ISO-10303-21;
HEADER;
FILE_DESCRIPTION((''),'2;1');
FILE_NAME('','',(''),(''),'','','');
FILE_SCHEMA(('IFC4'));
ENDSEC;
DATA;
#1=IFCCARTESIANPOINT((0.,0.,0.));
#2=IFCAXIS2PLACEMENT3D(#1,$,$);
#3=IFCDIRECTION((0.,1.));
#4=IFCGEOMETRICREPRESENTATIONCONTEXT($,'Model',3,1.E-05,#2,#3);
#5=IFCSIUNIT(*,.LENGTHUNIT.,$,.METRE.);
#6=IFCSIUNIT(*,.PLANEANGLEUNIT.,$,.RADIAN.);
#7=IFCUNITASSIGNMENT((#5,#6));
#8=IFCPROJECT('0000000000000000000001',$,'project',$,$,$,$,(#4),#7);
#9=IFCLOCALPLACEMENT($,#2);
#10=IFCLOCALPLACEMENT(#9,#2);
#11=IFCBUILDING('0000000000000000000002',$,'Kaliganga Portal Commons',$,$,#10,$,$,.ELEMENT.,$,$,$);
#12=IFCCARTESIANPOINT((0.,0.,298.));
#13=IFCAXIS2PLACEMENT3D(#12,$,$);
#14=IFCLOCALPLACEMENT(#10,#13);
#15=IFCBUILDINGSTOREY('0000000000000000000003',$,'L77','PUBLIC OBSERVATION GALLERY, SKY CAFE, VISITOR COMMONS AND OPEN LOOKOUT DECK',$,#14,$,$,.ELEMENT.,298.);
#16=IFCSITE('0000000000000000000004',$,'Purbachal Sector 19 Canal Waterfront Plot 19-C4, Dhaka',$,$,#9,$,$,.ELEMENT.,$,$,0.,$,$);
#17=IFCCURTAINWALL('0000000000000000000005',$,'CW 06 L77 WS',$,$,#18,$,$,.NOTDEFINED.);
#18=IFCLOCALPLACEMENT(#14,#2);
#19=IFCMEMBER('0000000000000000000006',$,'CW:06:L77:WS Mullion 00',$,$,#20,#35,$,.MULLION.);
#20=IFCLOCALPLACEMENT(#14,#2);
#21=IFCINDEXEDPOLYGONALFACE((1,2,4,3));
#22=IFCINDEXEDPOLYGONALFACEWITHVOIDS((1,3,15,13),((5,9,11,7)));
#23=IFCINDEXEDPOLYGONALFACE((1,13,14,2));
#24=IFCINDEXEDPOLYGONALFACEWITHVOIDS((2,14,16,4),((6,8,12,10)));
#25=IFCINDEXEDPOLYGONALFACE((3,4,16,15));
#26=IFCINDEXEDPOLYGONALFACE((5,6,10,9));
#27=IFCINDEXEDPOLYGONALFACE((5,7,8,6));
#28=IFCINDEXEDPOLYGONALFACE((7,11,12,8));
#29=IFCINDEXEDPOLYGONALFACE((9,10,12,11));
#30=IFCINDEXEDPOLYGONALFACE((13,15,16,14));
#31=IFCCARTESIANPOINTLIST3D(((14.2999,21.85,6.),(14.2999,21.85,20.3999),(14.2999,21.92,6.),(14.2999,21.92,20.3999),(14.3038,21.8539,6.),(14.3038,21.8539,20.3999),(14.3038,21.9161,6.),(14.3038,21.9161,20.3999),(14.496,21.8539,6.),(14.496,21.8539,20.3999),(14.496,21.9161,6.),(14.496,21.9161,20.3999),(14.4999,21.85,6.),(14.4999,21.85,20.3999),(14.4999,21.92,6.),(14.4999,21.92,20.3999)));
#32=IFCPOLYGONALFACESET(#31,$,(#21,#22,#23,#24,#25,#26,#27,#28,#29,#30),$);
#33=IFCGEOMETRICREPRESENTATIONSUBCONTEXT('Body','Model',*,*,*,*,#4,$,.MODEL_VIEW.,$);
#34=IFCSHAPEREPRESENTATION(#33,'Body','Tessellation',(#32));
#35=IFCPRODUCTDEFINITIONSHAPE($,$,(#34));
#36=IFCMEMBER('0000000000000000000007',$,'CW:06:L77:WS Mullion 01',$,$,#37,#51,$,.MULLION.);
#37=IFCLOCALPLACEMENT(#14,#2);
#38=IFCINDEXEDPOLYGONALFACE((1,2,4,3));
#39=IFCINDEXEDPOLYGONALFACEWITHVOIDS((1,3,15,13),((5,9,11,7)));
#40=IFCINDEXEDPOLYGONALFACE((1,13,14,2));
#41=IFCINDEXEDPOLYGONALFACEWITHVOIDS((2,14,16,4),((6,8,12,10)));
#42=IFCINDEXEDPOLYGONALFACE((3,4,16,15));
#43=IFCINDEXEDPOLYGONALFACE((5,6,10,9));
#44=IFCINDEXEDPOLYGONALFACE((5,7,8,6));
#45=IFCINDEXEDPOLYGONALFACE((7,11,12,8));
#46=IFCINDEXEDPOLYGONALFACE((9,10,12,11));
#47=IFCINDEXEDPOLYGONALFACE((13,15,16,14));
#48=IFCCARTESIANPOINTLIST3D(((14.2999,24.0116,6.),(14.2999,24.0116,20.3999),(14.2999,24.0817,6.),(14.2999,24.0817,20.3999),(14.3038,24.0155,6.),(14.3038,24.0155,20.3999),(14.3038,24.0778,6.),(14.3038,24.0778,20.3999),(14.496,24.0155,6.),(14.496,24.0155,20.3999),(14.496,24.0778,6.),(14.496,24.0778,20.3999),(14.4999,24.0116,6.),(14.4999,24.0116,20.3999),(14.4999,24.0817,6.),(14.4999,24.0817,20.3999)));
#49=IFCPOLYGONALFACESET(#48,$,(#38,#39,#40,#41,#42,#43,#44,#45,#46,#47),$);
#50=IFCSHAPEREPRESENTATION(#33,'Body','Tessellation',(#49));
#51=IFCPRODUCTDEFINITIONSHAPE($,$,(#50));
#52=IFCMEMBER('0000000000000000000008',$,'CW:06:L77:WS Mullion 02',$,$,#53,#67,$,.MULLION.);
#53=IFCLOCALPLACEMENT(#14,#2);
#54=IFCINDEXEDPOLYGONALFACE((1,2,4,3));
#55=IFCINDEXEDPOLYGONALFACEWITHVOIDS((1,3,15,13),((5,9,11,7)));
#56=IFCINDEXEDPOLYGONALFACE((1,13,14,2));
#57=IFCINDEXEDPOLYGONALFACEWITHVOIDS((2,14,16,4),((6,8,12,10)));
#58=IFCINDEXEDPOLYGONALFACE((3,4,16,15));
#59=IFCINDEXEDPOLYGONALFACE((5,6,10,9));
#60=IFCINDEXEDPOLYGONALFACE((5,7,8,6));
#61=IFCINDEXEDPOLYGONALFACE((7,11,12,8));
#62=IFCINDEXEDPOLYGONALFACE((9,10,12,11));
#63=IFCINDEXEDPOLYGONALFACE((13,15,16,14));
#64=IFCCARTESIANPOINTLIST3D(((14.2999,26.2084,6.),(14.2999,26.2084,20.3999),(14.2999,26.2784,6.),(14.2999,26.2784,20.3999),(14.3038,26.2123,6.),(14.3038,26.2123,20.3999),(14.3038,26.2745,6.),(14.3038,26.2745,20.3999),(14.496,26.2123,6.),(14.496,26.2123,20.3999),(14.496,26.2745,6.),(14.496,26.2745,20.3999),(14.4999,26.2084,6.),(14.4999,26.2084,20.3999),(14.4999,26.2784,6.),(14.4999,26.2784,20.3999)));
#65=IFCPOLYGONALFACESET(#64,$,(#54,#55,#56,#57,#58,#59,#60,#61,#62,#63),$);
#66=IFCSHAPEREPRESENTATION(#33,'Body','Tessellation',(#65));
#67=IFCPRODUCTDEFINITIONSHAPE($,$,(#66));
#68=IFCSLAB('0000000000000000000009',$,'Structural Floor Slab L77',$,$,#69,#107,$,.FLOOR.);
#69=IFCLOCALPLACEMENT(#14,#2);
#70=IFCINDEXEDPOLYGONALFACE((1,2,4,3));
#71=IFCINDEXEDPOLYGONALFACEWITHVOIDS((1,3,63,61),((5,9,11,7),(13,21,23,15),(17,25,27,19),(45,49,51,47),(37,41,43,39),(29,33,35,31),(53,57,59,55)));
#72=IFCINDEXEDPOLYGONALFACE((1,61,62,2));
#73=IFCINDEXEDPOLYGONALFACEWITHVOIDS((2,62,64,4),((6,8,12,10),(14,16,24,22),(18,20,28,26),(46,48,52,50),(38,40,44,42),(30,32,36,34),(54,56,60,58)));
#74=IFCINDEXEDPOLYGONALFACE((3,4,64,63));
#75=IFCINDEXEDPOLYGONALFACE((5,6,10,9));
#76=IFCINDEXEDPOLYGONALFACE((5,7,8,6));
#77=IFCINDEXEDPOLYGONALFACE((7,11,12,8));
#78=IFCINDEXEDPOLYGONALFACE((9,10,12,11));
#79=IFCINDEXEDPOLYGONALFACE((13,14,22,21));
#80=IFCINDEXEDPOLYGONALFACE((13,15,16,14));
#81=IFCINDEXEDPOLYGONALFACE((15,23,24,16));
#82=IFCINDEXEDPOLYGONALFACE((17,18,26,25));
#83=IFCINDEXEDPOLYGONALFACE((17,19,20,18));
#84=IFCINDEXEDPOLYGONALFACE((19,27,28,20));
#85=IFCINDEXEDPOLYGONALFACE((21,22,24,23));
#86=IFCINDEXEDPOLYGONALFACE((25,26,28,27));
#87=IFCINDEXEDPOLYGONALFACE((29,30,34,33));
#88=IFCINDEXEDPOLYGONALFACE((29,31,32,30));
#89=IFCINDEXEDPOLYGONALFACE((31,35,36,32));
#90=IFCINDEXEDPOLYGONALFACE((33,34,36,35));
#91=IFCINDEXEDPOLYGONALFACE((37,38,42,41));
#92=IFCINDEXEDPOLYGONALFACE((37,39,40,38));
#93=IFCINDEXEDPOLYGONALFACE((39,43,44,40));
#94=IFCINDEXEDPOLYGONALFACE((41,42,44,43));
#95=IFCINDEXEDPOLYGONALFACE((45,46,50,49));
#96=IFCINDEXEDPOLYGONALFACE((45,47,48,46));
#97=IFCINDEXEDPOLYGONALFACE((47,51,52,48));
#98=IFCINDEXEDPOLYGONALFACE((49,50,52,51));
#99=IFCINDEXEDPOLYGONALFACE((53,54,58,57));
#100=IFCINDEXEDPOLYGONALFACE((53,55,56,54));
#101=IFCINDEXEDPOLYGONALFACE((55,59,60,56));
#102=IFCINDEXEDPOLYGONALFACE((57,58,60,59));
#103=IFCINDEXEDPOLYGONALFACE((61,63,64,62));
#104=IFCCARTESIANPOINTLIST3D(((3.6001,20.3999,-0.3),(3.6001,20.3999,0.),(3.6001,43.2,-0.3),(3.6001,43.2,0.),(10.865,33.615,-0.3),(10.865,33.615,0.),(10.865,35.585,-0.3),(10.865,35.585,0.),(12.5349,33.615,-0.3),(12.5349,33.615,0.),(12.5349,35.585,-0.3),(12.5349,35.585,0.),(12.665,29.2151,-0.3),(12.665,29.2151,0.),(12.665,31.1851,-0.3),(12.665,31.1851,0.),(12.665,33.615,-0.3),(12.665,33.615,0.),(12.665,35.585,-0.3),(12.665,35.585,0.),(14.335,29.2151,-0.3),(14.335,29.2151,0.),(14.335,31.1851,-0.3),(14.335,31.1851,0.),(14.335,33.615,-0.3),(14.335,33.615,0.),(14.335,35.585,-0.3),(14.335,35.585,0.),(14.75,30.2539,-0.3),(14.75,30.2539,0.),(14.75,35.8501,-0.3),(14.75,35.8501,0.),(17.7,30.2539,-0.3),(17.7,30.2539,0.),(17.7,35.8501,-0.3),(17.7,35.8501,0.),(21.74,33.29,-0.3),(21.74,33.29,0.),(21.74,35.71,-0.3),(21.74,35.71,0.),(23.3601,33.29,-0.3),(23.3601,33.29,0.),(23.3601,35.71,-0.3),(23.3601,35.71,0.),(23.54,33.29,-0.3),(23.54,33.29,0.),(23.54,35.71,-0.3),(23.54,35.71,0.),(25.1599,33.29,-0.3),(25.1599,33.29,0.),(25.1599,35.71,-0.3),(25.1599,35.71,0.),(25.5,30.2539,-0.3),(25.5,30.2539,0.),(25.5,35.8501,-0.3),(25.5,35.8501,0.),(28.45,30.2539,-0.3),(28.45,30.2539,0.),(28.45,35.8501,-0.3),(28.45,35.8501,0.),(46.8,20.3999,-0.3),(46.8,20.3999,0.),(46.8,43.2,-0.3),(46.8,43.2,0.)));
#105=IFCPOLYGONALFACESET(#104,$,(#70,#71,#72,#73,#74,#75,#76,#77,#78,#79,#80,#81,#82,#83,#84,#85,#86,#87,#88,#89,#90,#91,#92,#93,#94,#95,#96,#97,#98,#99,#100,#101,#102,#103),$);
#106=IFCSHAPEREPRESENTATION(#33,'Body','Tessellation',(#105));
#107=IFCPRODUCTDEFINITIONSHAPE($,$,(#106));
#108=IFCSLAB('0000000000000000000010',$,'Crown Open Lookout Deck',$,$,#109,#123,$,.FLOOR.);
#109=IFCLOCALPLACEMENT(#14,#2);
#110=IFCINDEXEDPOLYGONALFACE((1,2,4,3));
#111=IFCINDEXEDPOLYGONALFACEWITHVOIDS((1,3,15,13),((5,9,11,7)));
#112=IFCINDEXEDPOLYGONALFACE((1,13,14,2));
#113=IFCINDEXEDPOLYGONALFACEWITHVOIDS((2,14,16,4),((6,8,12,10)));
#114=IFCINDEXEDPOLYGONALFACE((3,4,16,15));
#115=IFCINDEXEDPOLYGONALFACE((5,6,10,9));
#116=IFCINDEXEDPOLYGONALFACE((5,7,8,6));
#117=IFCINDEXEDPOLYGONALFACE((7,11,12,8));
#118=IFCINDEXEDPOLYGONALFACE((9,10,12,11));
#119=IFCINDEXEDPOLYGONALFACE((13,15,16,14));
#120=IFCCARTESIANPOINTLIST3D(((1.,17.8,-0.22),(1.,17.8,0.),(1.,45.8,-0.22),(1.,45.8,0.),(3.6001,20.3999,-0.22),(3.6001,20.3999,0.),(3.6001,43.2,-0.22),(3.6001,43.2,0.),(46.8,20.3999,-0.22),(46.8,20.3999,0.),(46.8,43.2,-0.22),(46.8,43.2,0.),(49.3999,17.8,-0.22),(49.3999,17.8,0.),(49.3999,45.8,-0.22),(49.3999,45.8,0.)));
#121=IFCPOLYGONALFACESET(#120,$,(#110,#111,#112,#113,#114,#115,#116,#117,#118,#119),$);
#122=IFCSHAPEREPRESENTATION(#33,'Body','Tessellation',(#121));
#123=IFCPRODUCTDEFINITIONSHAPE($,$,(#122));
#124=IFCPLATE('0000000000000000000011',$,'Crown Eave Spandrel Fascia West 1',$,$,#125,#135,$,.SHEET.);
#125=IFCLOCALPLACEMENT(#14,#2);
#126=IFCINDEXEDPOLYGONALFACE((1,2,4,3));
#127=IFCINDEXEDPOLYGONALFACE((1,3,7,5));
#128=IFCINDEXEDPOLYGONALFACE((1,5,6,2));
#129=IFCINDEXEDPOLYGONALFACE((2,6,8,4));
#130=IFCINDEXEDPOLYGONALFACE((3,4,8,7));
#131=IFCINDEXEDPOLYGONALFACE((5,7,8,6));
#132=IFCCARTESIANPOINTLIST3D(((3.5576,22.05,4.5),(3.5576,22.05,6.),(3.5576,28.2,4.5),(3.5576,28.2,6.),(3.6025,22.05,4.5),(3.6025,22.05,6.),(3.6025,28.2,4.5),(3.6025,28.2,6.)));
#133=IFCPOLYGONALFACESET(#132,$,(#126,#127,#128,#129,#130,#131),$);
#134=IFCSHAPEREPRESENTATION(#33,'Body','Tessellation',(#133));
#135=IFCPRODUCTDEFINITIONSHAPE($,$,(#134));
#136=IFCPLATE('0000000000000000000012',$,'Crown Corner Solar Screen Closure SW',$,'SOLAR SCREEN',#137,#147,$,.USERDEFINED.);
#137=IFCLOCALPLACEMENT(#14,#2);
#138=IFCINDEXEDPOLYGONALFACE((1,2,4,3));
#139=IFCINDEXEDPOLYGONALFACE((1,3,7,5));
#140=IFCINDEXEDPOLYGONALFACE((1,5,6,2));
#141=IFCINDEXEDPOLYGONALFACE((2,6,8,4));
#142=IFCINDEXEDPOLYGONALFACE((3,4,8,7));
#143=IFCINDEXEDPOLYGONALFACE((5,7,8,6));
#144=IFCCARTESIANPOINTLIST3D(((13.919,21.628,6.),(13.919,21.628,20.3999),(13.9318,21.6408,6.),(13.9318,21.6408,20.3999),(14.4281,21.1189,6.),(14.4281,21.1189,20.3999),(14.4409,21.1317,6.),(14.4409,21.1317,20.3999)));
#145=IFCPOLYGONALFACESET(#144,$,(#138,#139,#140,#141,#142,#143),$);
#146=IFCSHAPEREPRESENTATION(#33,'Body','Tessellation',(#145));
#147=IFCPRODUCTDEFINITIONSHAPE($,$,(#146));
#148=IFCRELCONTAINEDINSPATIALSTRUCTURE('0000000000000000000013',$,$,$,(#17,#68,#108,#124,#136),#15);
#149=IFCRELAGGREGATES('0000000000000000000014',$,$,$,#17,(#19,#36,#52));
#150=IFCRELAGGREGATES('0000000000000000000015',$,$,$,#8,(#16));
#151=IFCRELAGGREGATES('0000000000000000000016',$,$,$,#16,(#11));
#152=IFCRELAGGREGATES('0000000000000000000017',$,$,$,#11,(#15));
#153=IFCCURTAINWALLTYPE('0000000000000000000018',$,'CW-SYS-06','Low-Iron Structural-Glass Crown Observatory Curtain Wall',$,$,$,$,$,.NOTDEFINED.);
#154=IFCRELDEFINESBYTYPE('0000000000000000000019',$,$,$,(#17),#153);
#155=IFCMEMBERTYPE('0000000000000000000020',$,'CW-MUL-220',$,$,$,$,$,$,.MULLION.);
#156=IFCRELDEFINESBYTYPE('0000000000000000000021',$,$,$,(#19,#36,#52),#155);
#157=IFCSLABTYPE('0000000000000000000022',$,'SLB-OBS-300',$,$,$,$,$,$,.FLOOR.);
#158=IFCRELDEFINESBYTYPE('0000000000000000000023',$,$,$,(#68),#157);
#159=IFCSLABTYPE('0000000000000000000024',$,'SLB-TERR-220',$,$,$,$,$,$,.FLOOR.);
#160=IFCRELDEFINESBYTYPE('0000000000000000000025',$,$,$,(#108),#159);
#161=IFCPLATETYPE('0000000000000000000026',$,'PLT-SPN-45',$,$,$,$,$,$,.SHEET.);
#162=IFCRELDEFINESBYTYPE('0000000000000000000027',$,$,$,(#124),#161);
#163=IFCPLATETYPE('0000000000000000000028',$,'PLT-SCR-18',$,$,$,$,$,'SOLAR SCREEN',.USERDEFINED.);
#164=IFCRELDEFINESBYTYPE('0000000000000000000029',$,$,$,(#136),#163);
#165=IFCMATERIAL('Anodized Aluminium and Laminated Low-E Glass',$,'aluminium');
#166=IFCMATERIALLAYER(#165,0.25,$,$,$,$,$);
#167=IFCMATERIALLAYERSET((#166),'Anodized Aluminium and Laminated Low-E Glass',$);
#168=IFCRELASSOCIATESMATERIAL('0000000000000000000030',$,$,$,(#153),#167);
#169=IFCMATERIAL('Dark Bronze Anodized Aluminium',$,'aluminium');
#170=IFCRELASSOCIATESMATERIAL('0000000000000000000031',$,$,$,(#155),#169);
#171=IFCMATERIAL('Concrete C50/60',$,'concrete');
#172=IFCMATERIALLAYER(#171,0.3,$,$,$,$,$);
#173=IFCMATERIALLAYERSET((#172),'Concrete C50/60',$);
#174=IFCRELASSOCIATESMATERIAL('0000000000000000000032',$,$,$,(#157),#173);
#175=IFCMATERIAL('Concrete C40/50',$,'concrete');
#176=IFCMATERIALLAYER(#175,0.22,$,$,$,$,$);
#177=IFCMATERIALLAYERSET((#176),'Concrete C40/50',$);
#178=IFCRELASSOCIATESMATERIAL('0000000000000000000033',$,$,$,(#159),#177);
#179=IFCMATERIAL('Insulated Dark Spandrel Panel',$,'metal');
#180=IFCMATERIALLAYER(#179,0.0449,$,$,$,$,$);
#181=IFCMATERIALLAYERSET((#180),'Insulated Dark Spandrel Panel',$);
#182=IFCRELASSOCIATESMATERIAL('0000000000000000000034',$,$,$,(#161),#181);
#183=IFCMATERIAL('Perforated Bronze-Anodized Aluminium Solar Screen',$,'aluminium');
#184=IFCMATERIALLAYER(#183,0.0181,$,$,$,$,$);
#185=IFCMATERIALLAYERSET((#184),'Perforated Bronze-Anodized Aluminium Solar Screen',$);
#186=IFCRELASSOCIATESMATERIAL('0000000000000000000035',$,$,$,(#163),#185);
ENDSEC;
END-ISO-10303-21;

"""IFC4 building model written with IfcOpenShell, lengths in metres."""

from ifc_helpers import new_model, si_unit, direction, frame, origin, origin_2d, place, context, subcontext, project, spatial, polyline, rectangle, hollow_rectangle, outline, extrude, source, transform, mapped, material, layer, layer_set, material_profile, profile_set, type_object, element, aggregate, save


model = new_model("IFC4")

# Units and contexts
model_context = context("Model", 3, precision=1e-05, world=origin(), true_north=direction((0.0, 1.0)))
body_context = subcontext(model_context, "Body", "Model", "MODEL_VIEW")
ifc_project = project(units=[si_unit("LENGTHUNIT", "METRE"), si_unit("PLANEANGLEUNIT", "RADIAN")], contexts=[model_context])

# Site, building, storey
site_placement = place(None, origin())
site = spatial("IfcSite", under=ifc_project, at=site_placement, Name="Purbachal Sector 19 Canal Waterfront Plot 19-C4, Dhaka", CompositionType="ELEMENT", RefElevation=0.0)
building_placement = place(site_placement, origin())
building = spatial("IfcBuilding", under=site, at=building_placement, Name="Kaliganga Portal Commons", CompositionType="ELEMENT")
storey_placement = place(building_placement, frame((0.0, 0.0, 298.0)))
storey = spatial("IfcBuildingStorey", under=building, at=storey_placement, Name="L77", Description="PUBLIC OBSERVATION GALLERY, SKY CAFE, VISITOR COMMONS AND OPEN LOOKOUT DECK", CompositionType="ELEMENT", Elevation=298.0)

# Shared definitions
ifc_material_1 = material(Name="Concrete C50/60", Category="concrete")

# Curtain wall, members
ifc_material_2 = material(Name="Anodized Aluminium and Laminated Low-E Glass", Category="aluminium")
ifc_layer_1 = layer(ifc_material_2, 0.25)
ifc_layer_set_1 = layer_set([ifc_layer_1], Name="Anodized Aluminium and Laminated Low-E Glass")
curtain_wall_type = type_object("IfcCurtainWallType", Name="CW-SYS-06", Description="Low-Iron Structural-Glass Crown Observatory Curtain Wall", PredefinedType="NOTDEFINED", material=ifc_layer_set_1)
ifc_material_3 = material(Name="Dark Bronze Anodized Aluminium", Category="aluminium")
ifc_material_profile_1 = material_profile(ifc_material_3, hollow_rectangle(XDim=0.0701, YDim=0.2, WallThickness=0.0039, at=origin_2d()), Name="ALU MULL 70x200x4")
ifc_profile_set_1 = profile_set([ifc_material_profile_1], Name="Dark Bronze Anodized Aluminium")
member_type = type_object("IfcMemberType", Name="CW-MUL-220", PredefinedType="MULLION", material=ifc_profile_set_1)
shared_shape_1 = source(origin(), body_context, "Body", "SweptSolid", [
    extrude(hollow_rectangle(XDim=0.0701, YDim=0.2, WallThickness=0.0039, at=origin_2d()), origin(), (0.0, 0.0, 1.0), 14.3999),
])
curtain_wall_1_placement = place(storey_placement, origin())
curtain_wall_1 = element("IfcCurtainWall", 1, at=curtain_wall_1_placement, inside=storey, type_object=curtain_wall_type, Name="CW 06 L77 WS", PredefinedType="NOTDEFINED")
member_1_placement = place(storey_placement, frame((14.3999, 21.885, 6.0), z_axis=(0.0, 0.0, 1.0), x_axis=(0.0, 1.0, 0.0)))
member_1 = element("IfcMember", 2, at=member_1_placement, type_object=member_type, Name="CW:06:L77:WS Mullion 00", PredefinedType="MULLION", context=body_context, shape_type="MappedRepresentation", body=[
    mapped(shared_shape_1, transform((0.0, 0.0, 0.0), x_axis=(1.0, 0.0, 0.0), y_axis=(0.0, 1.0, 0.0), z_axis=(0.0, 0.0, 1.0), scale=1.0)),
])
member_2_placement = place(storey_placement, frame((14.3999, 24.0466, 6.0), z_axis=(0.0, 0.0, 1.0), x_axis=(0.0, 1.0, 0.0)))
member_2 = element("IfcMember", 3, at=member_2_placement, type_object=member_type, Name="CW:06:L77:WS Mullion 01", PredefinedType="MULLION", context=body_context, shape_type="MappedRepresentation", body=[
    mapped(shared_shape_1, transform((0.0, 0.0, 0.0), x_axis=(1.0, 0.0, 0.0), y_axis=(0.0, 1.0, 0.0), z_axis=(0.0, 0.0, 1.0), scale=1.0)),
])
member_3_placement = place(storey_placement, frame((14.3999, 26.2434, 6.0), z_axis=(0.0, 0.0, 1.0), x_axis=(0.0, 1.0, 0.0)))
member_3 = element("IfcMember", 4, at=member_3_placement, type_object=member_type, Name="CW:06:L77:WS Mullion 02", PredefinedType="MULLION", context=body_context, shape_type="MappedRepresentation", body=[
    mapped(shared_shape_1, transform((0.0, 0.0, 0.0), x_axis=(1.0, 0.0, 0.0), y_axis=(0.0, 1.0, 0.0), z_axis=(0.0, 0.0, 1.0), scale=1.0)),
])
aggregate(curtain_wall_1, [member_1, member_2, member_3])

# Slabs
ifc_layer_2 = layer(ifc_material_1, 0.3)
ifc_layer_set_2 = layer_set([ifc_layer_2], Name="Concrete C50/60")
slab_type_1 = type_object("IfcSlabType", Name="SLB-OBS-300", PredefinedType="FLOOR", material=ifc_layer_set_2)
slab_1_placement = place(storey_placement, frame((0.0, 0.0, -0.3)))
element("IfcSlab", 5, at=slab_1_placement, inside=storey, type_object=slab_type_1, Name="Structural Floor Slab L77", PredefinedType="FLOOR", context=body_context, shape_type="SweptSolid", body=[
    extrude(outline(polyline([(3.6001, 20.3999), (46.8, 20.3999), (46.8, 43.2), (3.6001, 43.2), (3.6001, 20.3999)]), holes=[polyline([(14.75, 30.2539), (14.75, 35.8501), (17.7, 35.8501), (17.7, 30.2539), (14.75, 30.2539)]), polyline([(25.5, 30.2539), (25.5, 35.8501), (28.45, 35.8501), (28.45, 30.2539), (25.5, 30.2539)]), polyline([(12.665, 33.615), (12.665, 35.585), (14.335, 35.585), (14.335, 33.615), (12.665, 33.615)]), polyline([(12.665, 29.2151), (12.665, 31.1851), (14.335, 31.1851), (14.335, 29.2151), (12.665, 29.2151)]), polyline([(10.865, 33.615), (10.865, 35.585), (12.5349, 35.585), (12.5349, 33.615), (10.865, 33.615)]), polyline([(21.74, 33.29), (21.74, 35.71), (23.3601, 35.71), (23.3601, 33.29), (21.74, 33.29)]), polyline([(23.54, 33.29), (23.54, 35.71), (25.1599, 35.71), (25.1599, 33.29), (23.54, 33.29)])]), origin(), (0.0, 0.0, 1.0), 0.3),
])
ifc_material_4 = material(Name="Concrete C40/50", Category="concrete")
ifc_layer_3 = layer(ifc_material_4, 0.22)
ifc_layer_set_3 = layer_set([ifc_layer_3], Name="Concrete C40/50")
slab_type_2 = type_object("IfcSlabType", Name="SLB-TERR-220", PredefinedType="FLOOR", material=ifc_layer_set_3)
slab_2_placement = place(storey_placement, frame((0.0, 0.0, -0.22)))
element("IfcSlab", 6, at=slab_2_placement, inside=storey, type_object=slab_type_2, Name="Crown Open Lookout Deck", PredefinedType="FLOOR", context=body_context, shape_type="SweptSolid", body=[
    extrude(outline(polyline([(1.0, 17.8), (49.3999, 17.8), (49.3999, 45.8), (1.0, 45.8), (1.0, 17.8)]), holes=[polyline([(3.6001, 20.3999), (3.6001, 43.2), (46.8, 43.2), (46.8, 20.3999), (3.6001, 20.3999)])]), origin(), (0.0, 0.0, 1.0), 0.22),
])

# Plates
ifc_material_5 = material(Name="Insulated Dark Spandrel Panel", Category="metal")
ifc_layer_4 = layer(ifc_material_5, 0.0449)
ifc_layer_set_4 = layer_set([ifc_layer_4], Name="Insulated Dark Spandrel Panel")
plate_type_1 = type_object("IfcPlateType", Name="PLT-SPN-45", PredefinedType="SHEET", material=ifc_layer_set_4)
shared_shape_2 = source(origin(), body_context, "Body", "SweptSolid", [
    extrude(rectangle(XDim=6.1499, YDim=0.0449, at=origin_2d()), origin(), (0.0, 0.0, 1.0), 1.5),
])
plate_1_placement = place(storey_placement, frame((3.5801, 25.125, 4.5), z_axis=(0.0, 0.0, 1.0), x_axis=(0.0, 1.0, 0.0)))
element("IfcPlate", 7, at=plate_1_placement, inside=storey, type_object=plate_type_1, Name="Crown Eave Spandrel Fascia West 1", PredefinedType="SHEET", context=body_context, shape_type="MappedRepresentation", body=[
    mapped(shared_shape_2, transform((0.0, 0.0, 0.0), x_axis=(1.0, 0.0, 0.0), y_axis=(0.0, 1.0, 0.0), z_axis=(0.0, 0.0, 1.0), scale=1.0)),
])
ifc_material_6 = material(Name="Perforated Bronze-Anodized Aluminium Solar Screen", Category="aluminium")
ifc_layer_5 = layer(ifc_material_6, 0.0181)
ifc_layer_set_5 = layer_set([ifc_layer_5], Name="Perforated Bronze-Anodized Aluminium Solar Screen")
plate_type_2 = type_object("IfcPlateType", Name="PLT-SCR-18", ElementType="SOLAR SCREEN", PredefinedType="USERDEFINED", material=ifc_layer_set_5)
shared_shape_3 = source(origin(), body_context, "Body", "SweptSolid", [
    extrude(rectangle(XDim=0.72, YDim=0.0181, at=origin_2d()), origin(), (0.0, 0.0, 1.0), 14.3999),
])
plate_2_placement = place(storey_placement, frame((14.1799, 21.3799, 6.0), z_axis=(0.0, 0.0, 1.0), x_axis=(0.707107, -0.707107, 0.0)))
element("IfcPlate", 8, at=plate_2_placement, inside=storey, type_object=plate_type_2, Name="Crown Corner Solar Screen Closure SW", ObjectType="SOLAR SCREEN", PredefinedType="USERDEFINED", context=body_context, shape_type="MappedRepresentation", body=[
    mapped(shared_shape_3, transform((0.0, 0.0, 0.0), x_axis=(1.0, 0.0, 0.0), y_axis=(0.0, 1.0, 0.0), z_axis=(0.0, 0.0, 1.0), scale=1.0)),
])

save(model, "model.ifc")
